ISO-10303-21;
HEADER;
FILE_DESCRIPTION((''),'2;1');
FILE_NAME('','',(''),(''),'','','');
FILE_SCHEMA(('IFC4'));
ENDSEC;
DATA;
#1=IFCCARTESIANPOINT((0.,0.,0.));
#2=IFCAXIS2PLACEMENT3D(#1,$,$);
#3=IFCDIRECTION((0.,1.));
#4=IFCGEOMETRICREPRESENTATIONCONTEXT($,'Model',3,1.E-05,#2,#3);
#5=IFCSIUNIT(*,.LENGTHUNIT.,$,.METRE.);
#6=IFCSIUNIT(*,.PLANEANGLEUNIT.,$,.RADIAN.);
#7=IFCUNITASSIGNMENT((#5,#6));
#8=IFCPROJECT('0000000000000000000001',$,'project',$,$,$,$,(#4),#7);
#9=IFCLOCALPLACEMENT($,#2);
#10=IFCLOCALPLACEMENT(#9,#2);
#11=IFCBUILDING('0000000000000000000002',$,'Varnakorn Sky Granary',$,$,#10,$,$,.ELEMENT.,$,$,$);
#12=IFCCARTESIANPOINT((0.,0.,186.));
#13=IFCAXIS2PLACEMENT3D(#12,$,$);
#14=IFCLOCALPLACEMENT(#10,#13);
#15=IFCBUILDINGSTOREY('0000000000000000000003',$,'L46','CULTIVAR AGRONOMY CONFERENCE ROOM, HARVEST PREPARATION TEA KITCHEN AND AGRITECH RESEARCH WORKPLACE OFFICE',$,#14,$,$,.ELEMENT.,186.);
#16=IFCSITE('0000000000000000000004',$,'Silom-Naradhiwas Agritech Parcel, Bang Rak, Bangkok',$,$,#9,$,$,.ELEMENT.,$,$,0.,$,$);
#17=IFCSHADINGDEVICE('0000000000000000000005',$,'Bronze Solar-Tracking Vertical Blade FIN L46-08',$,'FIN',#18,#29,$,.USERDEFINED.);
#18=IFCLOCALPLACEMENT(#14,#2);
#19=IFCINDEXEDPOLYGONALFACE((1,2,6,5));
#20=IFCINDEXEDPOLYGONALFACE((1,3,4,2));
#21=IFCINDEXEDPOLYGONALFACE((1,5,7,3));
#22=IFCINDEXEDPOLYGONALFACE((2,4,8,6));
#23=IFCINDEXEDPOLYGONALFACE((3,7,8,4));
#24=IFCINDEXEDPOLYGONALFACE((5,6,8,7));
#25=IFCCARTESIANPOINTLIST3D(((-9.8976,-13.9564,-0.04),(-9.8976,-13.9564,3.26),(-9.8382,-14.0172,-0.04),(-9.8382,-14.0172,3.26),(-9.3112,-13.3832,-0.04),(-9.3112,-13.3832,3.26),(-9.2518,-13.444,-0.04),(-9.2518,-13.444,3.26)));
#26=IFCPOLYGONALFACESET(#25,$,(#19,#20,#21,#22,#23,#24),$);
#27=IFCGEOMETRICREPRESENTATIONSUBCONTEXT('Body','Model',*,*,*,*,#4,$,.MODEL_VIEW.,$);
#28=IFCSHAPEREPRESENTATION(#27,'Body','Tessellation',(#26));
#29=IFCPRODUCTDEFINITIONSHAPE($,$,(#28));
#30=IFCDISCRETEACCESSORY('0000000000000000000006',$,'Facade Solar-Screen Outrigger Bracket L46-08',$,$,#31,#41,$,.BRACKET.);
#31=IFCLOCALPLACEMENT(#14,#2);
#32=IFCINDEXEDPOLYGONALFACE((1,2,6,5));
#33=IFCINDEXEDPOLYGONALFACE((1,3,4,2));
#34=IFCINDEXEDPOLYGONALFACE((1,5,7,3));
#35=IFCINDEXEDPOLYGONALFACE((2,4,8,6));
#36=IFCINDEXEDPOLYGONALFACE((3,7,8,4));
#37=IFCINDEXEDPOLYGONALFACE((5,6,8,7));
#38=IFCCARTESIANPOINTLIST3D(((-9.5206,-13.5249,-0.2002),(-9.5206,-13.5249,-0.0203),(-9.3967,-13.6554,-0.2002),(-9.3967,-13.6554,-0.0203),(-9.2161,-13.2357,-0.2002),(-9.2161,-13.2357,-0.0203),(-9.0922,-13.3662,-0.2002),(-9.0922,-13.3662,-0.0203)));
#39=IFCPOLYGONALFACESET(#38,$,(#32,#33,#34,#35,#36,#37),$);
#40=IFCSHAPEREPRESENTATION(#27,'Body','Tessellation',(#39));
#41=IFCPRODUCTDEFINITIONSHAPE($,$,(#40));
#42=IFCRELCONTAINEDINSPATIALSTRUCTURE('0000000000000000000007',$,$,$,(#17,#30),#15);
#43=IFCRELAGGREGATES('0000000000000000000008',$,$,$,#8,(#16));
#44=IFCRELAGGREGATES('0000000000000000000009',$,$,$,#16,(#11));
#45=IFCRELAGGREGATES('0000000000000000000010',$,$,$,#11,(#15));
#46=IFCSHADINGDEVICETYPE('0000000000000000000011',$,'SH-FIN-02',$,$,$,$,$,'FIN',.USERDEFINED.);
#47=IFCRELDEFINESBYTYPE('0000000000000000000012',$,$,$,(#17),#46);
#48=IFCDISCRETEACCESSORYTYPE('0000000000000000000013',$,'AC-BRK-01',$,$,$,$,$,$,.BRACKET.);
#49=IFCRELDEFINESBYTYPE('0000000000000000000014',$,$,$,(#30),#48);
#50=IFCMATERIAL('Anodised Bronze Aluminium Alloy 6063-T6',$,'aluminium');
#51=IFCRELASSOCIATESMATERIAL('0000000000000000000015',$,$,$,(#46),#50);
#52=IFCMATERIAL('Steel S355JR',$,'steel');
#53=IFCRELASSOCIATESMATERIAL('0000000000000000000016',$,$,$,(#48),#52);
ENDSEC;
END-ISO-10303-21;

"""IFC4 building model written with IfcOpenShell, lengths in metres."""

from ifc_helpers import new_model, si_unit, direction, frame, origin, origin_2d, place, context, subcontext, project, spatial, rectangle, extrude, source, transform, mapped, material, type_object, type_shapes, element, save


model = new_model("IFC4")

# Units and contexts
model_context = context("Model", 3, precision=1e-05, world=origin(), true_north=direction((0.0, 1.0)))
body_context = subcontext(model_context, "Body", "Model", "MODEL_VIEW")
ifc_project = project(units=[si_unit("LENGTHUNIT", "METRE"), si_unit("PLANEANGLEUNIT", "RADIAN")], contexts=[model_context])

# Site, building, storey
site_placement = place(None, origin())
site = spatial("IfcSite", under=ifc_project, at=site_placement, Name="Silom-Naradhiwas Agritech Parcel, Bang Rak, Bangkok", CompositionType="ELEMENT", RefElevation=0.0)
building_placement = place(site_placement, origin())
building = spatial("IfcBuilding", under=site, at=building_placement, Name="Varnakorn Sky Granary", CompositionType="ELEMENT")
storey_placement = place(building_placement, frame((0.0, 0.0, 186.0)))
storey = spatial("IfcBuildingStorey", under=building, at=storey_placement, Name="L46", Description="CULTIVAR AGRONOMY CONFERENCE ROOM, HARVEST PREPARATION TEA KITCHEN AND AGRITECH RESEARCH WORKPLACE OFFICE", CompositionType="ELEMENT", Elevation=186.0)

# Shared definitions
ifc_material_1 = material(Name="Steel S355JR", Category="steel")

# Shared definitions
ifc_material_2 = material(Name="Anodised Bronze Aluminium Alloy 6063-T6", Category="aluminium")

# Shading device
shading_device_type = type_object("IfcShadingDeviceType", Name="SH-FIN-02", ElementType="FIN", PredefinedType="USERDEFINED", material=ifc_material_2)
shared_shape_1 = source(origin(), body_context, "Body", "SweptSolid", [
    extrude(rectangle(XDim=0.085, YDim=0.8201, at=origin_2d()), origin(), (0.0, 0.0, 1.0), 3.3),
])
type_shapes(shading_device_type, [shared_shape_1])
shading_device_placement = place(storey_placement, frame((-9.5747, -13.7002, -0.04), z_axis=(0.0, 0.0, 1.0), x_axis=(0.69902, -0.715103, 0.0)))
element("IfcShadingDevice", 1, at=shading_device_placement, inside=storey, type_object=shading_device_type, Name="Bronze Solar-Tracking Vertical Blade FIN L46-08", ObjectType="FIN", PredefinedType="USERDEFINED", context=body_context, shape_type="MappedRepresentation", body=[
    mapped(shared_shape_1, transform((0.0, 0.0, 0.0), x_axis=(1.0, 0.0, 0.0), y_axis=(0.0, 1.0, 0.0), z_axis=(0.0, 0.0, 1.0), scale=1.0)),
])

# Discrete accessory
discrete_accessory_type = type_object("IfcDiscreteAccessoryType", Name="AC-BRK-01", PredefinedType="BRACKET", material=ifc_material_1)
shared_shape_2 = source(origin(), body_context, "Body", "SweptSolid", [
    extrude(rectangle(XDim=0.1799, YDim=0.4199, at=origin_2d()), origin(), (0.0, 0.0, 1.0), 0.1799),
])
type_shapes(discrete_accessory_type, [shared_shape_2])
discrete_accessory_placement = place(storey_placement, frame((-9.3064, -13.4456, -0.2002), z_axis=(0.0, 0.0, 1.0), x_axis=(0.68867, -0.725075, 0.0)))
element("IfcDiscreteAccessory", 2, at=discrete_accessory_placement, inside=storey, type_object=discrete_accessory_type, Name="Facade Solar-Screen Outrigger Bracket L46-08", PredefinedType="BRACKET", context=body_context, shape_type="MappedRepresentation", body=[
    mapped(shared_shape_2, transform((0.0, 0.0, 0.0), x_axis=(1.0, 0.0, 0.0), y_axis=(0.0, 1.0, 0.0), z_axis=(0.0, 0.0, 1.0), scale=1.0)),
])

save(model, "model.ifc")
